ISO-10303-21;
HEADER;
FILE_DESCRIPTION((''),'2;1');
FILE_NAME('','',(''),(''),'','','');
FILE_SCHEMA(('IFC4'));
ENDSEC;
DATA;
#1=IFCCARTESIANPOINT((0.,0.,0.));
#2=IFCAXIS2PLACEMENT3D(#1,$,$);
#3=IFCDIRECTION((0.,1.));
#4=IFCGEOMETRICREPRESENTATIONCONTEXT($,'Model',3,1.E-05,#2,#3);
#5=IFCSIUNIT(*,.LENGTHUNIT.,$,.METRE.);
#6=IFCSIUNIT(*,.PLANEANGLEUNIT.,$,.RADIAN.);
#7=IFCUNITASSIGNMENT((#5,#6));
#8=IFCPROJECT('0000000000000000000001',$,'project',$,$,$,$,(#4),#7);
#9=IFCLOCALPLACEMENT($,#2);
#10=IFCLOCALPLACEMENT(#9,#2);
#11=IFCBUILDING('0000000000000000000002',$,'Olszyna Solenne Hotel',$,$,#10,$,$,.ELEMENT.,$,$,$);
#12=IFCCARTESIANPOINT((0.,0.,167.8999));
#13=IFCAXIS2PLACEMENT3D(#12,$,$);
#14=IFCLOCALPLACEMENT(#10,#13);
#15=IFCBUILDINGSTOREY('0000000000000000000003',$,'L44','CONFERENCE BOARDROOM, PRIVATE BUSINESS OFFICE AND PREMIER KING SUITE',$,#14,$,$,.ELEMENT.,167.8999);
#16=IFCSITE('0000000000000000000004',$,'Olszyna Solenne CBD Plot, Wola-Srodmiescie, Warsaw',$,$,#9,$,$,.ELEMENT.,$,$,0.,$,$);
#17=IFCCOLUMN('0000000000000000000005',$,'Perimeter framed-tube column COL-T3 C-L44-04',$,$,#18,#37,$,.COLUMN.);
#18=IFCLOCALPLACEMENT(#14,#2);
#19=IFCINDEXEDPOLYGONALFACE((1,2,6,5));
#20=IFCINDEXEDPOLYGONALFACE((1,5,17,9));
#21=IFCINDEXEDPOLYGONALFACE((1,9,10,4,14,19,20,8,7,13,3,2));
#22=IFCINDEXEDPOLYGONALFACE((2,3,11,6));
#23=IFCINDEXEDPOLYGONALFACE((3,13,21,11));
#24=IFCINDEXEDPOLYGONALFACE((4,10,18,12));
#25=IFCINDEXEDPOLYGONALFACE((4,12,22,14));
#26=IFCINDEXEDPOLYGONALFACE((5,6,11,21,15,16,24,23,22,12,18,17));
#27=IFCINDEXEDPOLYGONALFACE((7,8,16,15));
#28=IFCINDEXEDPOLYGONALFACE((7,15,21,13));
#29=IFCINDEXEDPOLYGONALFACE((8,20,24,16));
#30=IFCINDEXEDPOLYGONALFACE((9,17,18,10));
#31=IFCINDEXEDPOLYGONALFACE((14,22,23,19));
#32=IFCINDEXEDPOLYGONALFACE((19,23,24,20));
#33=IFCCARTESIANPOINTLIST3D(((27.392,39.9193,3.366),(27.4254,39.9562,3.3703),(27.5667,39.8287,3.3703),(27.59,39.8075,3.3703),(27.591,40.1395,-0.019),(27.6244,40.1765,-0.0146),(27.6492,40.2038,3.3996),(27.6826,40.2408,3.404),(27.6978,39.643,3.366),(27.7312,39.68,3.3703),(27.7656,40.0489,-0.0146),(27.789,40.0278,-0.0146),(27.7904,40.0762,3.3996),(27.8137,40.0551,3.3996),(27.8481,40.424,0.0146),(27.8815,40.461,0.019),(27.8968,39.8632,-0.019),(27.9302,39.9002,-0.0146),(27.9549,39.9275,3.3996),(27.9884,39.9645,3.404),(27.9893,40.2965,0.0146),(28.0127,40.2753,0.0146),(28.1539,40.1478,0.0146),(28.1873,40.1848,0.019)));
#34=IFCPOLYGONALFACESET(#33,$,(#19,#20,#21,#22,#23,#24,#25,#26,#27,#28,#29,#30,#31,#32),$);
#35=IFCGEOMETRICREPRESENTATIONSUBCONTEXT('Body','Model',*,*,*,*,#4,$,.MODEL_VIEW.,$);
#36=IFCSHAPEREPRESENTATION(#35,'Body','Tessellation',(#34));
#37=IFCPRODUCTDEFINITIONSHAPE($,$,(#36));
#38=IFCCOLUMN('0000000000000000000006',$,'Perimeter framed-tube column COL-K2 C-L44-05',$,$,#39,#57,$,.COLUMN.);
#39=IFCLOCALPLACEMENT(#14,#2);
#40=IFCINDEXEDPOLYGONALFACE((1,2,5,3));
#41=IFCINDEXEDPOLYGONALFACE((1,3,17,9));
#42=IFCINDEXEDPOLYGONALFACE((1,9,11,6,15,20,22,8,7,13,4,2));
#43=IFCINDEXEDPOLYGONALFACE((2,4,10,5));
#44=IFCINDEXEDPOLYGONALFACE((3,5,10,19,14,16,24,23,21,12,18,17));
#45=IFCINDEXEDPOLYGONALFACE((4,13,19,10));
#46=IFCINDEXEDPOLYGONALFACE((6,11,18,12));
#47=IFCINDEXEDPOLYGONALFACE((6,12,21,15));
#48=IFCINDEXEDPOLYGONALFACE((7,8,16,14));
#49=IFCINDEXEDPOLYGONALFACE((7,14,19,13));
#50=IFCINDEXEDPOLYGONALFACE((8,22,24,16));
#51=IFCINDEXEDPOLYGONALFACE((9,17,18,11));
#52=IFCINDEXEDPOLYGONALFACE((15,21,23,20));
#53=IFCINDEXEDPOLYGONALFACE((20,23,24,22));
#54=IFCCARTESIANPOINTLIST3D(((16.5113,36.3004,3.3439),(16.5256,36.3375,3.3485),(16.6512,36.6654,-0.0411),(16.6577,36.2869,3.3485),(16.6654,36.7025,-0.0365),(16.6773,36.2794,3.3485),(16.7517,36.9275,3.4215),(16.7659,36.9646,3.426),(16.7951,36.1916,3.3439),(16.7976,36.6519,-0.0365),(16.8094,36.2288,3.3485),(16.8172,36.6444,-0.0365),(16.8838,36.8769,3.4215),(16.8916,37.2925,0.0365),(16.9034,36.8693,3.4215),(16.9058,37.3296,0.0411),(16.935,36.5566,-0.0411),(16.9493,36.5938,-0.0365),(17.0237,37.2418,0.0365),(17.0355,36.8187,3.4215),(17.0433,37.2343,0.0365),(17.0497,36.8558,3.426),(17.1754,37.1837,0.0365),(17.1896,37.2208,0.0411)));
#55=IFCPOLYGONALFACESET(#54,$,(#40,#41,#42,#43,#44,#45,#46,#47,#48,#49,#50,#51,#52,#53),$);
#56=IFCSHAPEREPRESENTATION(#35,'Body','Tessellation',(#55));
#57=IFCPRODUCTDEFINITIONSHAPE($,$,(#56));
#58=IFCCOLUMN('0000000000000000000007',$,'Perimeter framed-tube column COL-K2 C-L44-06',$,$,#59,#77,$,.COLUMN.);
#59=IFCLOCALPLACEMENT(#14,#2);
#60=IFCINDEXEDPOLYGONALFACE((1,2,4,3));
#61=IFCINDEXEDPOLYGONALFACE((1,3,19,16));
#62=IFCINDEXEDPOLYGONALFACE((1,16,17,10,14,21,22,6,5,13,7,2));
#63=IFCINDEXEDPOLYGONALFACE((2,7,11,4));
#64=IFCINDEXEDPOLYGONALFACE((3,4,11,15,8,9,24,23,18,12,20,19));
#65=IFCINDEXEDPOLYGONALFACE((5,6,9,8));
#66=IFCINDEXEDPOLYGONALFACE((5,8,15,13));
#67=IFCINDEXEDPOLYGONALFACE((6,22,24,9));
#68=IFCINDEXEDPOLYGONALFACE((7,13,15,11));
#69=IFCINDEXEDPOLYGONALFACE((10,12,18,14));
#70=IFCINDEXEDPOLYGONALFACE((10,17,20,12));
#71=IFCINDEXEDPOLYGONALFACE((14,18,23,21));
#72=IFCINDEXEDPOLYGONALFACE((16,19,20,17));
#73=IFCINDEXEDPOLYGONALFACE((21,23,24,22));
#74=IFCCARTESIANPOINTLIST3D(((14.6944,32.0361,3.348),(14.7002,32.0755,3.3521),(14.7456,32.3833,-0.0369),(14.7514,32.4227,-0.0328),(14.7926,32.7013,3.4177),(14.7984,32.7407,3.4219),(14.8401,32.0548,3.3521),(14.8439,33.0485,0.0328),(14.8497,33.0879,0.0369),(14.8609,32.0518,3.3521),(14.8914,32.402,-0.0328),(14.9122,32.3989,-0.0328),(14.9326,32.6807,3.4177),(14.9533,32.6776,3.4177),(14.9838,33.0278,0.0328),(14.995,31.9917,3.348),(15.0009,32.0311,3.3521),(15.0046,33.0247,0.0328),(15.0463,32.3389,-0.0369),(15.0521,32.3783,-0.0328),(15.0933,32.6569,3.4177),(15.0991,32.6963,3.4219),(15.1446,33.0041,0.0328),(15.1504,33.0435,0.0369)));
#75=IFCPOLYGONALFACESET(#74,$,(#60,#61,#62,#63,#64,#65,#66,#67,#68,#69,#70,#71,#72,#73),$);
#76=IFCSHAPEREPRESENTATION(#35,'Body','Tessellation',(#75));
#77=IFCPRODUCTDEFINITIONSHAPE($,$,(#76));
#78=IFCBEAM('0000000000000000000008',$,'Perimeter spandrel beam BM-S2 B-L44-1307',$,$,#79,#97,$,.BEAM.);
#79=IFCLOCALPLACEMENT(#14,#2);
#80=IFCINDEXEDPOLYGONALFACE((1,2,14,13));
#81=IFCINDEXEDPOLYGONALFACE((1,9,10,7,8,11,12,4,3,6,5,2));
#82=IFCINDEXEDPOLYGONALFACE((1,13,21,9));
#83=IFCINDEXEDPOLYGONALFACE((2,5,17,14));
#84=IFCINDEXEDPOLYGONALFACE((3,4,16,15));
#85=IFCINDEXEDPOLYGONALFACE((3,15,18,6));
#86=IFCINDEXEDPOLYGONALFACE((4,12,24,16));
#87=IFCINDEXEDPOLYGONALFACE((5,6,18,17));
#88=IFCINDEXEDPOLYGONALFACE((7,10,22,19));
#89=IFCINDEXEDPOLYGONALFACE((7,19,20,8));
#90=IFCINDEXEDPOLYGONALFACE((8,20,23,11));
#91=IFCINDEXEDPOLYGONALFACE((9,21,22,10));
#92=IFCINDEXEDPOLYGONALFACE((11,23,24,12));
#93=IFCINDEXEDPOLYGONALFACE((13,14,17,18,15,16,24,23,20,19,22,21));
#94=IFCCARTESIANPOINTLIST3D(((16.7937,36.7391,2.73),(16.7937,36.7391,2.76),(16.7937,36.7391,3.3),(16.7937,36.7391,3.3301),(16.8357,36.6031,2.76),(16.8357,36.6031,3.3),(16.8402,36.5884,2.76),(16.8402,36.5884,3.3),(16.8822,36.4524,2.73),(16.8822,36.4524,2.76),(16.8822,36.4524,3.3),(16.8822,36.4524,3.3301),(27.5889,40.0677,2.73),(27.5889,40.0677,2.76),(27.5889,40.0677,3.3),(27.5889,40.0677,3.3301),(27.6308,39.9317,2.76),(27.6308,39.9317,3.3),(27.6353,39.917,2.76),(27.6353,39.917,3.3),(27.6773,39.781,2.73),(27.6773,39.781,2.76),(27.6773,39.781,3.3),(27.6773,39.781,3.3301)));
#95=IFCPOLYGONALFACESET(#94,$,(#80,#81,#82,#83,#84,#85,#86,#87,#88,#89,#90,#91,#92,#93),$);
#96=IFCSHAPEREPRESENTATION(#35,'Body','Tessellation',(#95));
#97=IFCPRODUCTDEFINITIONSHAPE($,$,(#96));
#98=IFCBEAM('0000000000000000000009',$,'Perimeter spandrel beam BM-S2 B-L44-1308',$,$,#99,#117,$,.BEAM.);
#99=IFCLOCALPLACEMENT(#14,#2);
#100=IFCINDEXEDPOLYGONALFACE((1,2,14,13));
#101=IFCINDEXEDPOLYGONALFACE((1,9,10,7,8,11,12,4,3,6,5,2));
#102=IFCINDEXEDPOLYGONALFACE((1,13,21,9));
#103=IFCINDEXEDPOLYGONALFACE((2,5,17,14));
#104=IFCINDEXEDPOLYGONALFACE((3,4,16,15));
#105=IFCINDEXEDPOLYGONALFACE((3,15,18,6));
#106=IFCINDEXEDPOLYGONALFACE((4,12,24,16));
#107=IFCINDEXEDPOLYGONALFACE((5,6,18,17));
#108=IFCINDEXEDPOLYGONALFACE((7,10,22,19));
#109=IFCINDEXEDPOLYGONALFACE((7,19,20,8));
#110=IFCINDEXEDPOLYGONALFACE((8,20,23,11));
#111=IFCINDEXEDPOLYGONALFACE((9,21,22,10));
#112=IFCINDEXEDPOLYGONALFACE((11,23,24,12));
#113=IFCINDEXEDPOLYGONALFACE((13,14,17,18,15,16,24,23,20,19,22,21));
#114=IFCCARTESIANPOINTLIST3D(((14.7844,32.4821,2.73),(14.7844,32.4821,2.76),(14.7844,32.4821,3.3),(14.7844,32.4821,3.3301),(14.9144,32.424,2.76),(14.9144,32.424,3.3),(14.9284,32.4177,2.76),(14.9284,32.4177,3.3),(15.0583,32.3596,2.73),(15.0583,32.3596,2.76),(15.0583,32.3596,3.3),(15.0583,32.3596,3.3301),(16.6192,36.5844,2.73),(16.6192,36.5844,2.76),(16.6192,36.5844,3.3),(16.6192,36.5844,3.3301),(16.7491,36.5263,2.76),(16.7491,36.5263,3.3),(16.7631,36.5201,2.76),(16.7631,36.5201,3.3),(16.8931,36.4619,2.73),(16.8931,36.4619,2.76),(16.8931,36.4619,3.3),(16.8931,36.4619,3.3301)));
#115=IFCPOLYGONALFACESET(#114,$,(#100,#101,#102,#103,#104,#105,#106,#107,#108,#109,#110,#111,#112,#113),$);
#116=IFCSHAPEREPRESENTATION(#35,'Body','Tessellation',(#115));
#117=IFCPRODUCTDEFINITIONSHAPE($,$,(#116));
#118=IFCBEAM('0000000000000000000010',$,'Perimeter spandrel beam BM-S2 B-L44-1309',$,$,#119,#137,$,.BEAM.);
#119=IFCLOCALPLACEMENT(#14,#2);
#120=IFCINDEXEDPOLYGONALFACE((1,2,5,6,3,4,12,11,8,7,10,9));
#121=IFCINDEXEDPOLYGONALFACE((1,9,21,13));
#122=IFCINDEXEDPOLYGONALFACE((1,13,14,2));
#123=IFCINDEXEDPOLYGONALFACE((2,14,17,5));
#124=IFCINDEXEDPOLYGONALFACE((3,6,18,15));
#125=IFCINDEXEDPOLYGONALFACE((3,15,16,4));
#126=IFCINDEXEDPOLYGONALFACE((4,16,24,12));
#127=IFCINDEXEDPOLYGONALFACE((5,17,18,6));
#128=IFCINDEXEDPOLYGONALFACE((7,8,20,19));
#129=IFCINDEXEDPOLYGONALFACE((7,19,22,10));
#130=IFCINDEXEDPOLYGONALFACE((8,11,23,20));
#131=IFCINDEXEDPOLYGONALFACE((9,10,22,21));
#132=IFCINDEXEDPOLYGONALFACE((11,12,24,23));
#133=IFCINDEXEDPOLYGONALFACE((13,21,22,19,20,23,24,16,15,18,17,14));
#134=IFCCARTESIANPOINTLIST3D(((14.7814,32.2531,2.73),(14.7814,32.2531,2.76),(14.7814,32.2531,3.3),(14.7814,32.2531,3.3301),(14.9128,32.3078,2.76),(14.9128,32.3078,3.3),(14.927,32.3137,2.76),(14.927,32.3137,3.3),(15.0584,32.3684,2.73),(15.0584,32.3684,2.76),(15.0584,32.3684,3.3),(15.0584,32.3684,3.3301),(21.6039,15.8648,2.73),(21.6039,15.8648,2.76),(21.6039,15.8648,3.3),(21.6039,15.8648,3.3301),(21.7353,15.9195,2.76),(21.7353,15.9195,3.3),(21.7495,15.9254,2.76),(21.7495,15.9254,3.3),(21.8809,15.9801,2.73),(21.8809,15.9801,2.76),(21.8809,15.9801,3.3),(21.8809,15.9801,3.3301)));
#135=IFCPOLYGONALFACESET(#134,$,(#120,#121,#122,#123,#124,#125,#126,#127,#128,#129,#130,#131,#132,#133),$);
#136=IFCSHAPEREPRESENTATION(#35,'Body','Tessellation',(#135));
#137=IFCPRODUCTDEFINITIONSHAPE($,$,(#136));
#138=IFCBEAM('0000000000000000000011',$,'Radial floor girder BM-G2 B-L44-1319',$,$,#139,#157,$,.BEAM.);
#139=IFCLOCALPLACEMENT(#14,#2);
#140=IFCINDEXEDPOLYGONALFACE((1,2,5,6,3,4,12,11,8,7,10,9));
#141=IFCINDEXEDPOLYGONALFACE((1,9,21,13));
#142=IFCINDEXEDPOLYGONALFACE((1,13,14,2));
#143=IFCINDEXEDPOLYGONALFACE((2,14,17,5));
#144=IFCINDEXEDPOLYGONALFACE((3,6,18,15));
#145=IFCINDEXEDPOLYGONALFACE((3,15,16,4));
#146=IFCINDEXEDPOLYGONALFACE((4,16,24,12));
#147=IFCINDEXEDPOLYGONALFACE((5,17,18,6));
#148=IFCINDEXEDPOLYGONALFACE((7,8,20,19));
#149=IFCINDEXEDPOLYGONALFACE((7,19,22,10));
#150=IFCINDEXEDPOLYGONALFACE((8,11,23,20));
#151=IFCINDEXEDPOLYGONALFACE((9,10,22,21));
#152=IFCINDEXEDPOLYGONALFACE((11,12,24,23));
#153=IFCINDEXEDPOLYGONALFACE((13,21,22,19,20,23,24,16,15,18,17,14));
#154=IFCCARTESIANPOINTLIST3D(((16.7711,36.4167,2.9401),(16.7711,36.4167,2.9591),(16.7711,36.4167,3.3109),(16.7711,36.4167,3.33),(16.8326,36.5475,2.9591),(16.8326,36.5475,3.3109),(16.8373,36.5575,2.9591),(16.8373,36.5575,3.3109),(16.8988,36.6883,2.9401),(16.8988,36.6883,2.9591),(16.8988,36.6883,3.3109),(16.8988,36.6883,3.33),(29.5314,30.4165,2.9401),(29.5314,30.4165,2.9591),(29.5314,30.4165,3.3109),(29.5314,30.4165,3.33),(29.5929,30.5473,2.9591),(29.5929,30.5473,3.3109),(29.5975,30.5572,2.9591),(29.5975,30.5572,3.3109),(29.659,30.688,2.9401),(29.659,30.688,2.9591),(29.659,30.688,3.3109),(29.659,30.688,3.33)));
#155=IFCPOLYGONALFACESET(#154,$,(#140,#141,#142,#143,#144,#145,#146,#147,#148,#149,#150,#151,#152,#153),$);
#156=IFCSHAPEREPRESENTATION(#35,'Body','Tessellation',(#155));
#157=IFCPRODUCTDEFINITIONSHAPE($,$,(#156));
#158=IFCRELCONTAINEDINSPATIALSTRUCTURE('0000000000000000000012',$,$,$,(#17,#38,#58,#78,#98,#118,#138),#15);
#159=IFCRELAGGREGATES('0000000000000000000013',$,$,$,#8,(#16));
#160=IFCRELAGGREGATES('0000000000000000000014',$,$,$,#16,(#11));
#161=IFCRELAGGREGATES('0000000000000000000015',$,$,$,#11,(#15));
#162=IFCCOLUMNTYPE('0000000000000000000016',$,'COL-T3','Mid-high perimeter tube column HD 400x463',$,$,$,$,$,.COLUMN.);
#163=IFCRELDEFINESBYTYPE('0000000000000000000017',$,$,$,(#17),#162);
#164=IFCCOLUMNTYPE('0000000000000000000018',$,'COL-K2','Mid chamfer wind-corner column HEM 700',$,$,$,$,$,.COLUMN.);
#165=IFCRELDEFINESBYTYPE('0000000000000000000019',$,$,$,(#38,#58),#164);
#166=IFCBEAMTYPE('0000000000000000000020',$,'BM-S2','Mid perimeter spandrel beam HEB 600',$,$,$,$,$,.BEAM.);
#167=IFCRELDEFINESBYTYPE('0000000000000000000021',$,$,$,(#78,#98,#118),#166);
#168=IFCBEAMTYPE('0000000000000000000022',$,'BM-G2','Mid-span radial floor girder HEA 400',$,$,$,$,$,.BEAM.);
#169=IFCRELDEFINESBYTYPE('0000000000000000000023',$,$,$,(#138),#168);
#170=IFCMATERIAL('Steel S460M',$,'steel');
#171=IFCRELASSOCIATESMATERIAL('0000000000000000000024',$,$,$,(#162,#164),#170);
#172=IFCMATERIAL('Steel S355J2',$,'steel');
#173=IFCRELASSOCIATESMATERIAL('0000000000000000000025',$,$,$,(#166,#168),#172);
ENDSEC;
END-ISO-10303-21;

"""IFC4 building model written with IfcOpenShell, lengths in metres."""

from ifc_helpers import new_model, si_unit, direction, frame, origin, origin_2d, place, context, subcontext, project, spatial, i_section, extrude, source, transform, mapped, material, material_profile, profile_set, type_object, element, save


model = new_model("IFC4")

# Units and contexts
model_context = context("Model", 3, precision=1e-05, world=origin(), true_north=direction((0.0, 1.0)))
body_context = subcontext(model_context, "Body", "Model", "MODEL_VIEW")
ifc_project = project(units=[si_unit("LENGTHUNIT", "METRE"), si_unit("PLANEANGLEUNIT", "RADIAN")], contexts=[model_context])

# Site, building, storey
site_placement = place(None, origin())
site = spatial("IfcSite", under=ifc_project, at=site_placement, Name="Olszyna Solenne CBD Plot, Wola-Srodmiescie, Warsaw", CompositionType="ELEMENT", RefElevation=0.0)
building_placement = place(site_placement, origin())
building = spatial("IfcBuilding", under=site, at=building_placement, Name="Olszyna Solenne Hotel", CompositionType="ELEMENT")
storey_placement = place(building_placement, frame((0.0, 0.0, 167.8999)))
storey = spatial("IfcBuildingStorey", under=building, at=storey_placement, Name="L44", Description="CONFERENCE BOARDROOM, PRIVATE BUSINESS OFFICE AND PREMIER KING SUITE", CompositionType="ELEMENT", Elevation=167.8999)

# Columns
ifc_material_1 = material(Name="Steel S460M", Category="steel")
ifc_material_profile_1 = material_profile(ifc_material_1, i_section(OverallWidth=0.4121, OverallDepth=0.4351, WebThickness=0.0315, FlangeThickness=0.05, at=origin_2d()), Name="HD 400x463", Category="load-bearing")
ifc_profile_set_1 = profile_set([ifc_material_profile_1], Name="Steel S460M")
column_type_1 = type_object("IfcColumnType", Name="COL-T3", Description="Mid-high perimeter tube column HD 400x463", PredefinedType="COLUMN", material=ifc_profile_set_1)
shared_shape_1 = source(origin(), body_context, "Body", "SweptSolid", [
    extrude(i_section(OverallWidth=0.4121, OverallDepth=0.4351, WebThickness=0.0315, FlangeThickness=0.05, at=origin_2d()), origin(), (0.0, 0.0, 1.0), 3.3979),
])
column_1_placement = place(storey_placement, frame((27.8892, 40.1621, 0.0), z_axis=(-0.058556, -0.064807, 0.996178), x_axis=(0.741984, -0.670418, 0.0)))
element("IfcColumn", 1, at=column_1_placement, inside=storey, type_object=column_type_1, Name="Perimeter framed-tube column COL-T3 C-L44-04", PredefinedType="COLUMN", context=body_context, shape_type="MappedRepresentation", body=[
    mapped(shared_shape_1, transform((0.0, 0.0, 0.0), x_axis=(1.0, 0.0, 0.0), y_axis=(0.0, 1.0, 0.0), z_axis=(0.0, 0.0, 1.0), scale=1.0)),
])
ifc_material_profile_2 = material_profile(ifc_material_1, i_section(OverallWidth=0.304, OverallDepth=0.7161, WebThickness=0.021, FlangeThickness=0.04, at=origin_2d()), Name="HEM 700", Category="load-bearing")
ifc_profile_set_2 = profile_set([ifc_material_profile_2], Name="Steel S460M")
column_type_2 = type_object("IfcColumnType", Name="COL-K2", Description="Mid chamfer wind-corner column HEM 700", PredefinedType="COLUMN", material=ifc_profile_set_2)
shared_shape_2 = source(origin(), body_context, "Body", "SweptSolid", [
    extrude(i_section(OverallWidth=0.304, OverallDepth=0.7161, WebThickness=0.021, FlangeThickness=0.04, at=origin_2d()), origin(), (0.0, 0.0, 1.0), 3.4075),
])
column_2_placement = place(storey_placement, frame((16.9204, 36.9431, 0.0), z_axis=(-0.041054, -0.107114, 0.993399), x_axis=(0.933764, -0.357891, 0.0)))
element("IfcColumn", 2, at=column_2_placement, inside=storey, type_object=column_type_2, Name="Perimeter framed-tube column COL-K2 C-L44-05", PredefinedType="COLUMN", context=body_context, shape_type="MappedRepresentation", body=[
    mapped(shared_shape_2, transform((0.0, 0.0, 0.0), x_axis=(1.0, 0.0, 0.0), y_axis=(0.0, 1.0, 0.0), z_axis=(0.0, 0.0, 1.0), scale=1.0)),
])
shared_shape_3 = source(origin(), body_context, "Body", "SweptSolid", [
    extrude(i_section(OverallWidth=0.304, OverallDepth=0.7161, WebThickness=0.021, FlangeThickness=0.04, at=origin_2d()), origin(), (0.0, 0.0, 1.0), 3.4031),
])
column_3_placement = place(storey_placement, frame((14.948, 32.7134, 0.0), z_axis=(-0.015065, -0.102014, 0.994669), x_axis=(0.989271, -0.146095, 0.0)))
element("IfcColumn", 3, at=column_3_placement, inside=storey, type_object=column_type_2, Name="Perimeter framed-tube column COL-K2 C-L44-06", PredefinedType="COLUMN", context=body_context, shape_type="MappedRepresentation", body=[
    mapped(shared_shape_3, transform((0.0, 0.0, 0.0), x_axis=(1.0, 0.0, 0.0), y_axis=(0.0, 1.0, 0.0), z_axis=(0.0, 0.0, 1.0), scale=1.0)),
])

# Beams
ifc_material_2 = material(Name="Steel S355J2", Category="steel")
ifc_material_profile_3 = material_profile(ifc_material_2, i_section(OverallWidth=0.3, OverallDepth=0.6001, WebThickness=0.0154, FlangeThickness=0.03, at=origin_2d()), Name="HEB 600", Category="load-bearing")
ifc_profile_set_3 = profile_set([ifc_material_profile_3], Name="Steel S355J2")
beam_type_1 = type_object("IfcBeamType", Name="BM-S2", Description="Mid perimeter spandrel beam HEB 600", PredefinedType="BEAM", material=ifc_profile_set_3)
shared_shape_4 = source(origin(), body_context, "Body", "SweptSolid", [
    extrude(i_section(OverallWidth=0.3, OverallDepth=0.6001, WebThickness=0.0154, FlangeThickness=0.03, at=origin_2d()), origin(), (0.0, 0.0, 1.0), 11.2966),
])
beam_1_placement = place(storey_placement, frame((27.6331, 39.9243, 3.03), z_axis=(-0.955604, -0.294654, 0.0), x_axis=(0.294654, -0.955604, 0.0)))
element("IfcBeam", 4, at=beam_1_placement, inside=storey, type_object=beam_type_1, Name="Perimeter spandrel beam BM-S2 B-L44-1307", PredefinedType="BEAM", context=body_context, shape_type="MappedRepresentation", body=[
    mapped(shared_shape_4, transform((0.0, 0.0, 0.0), x_axis=(1.0, 0.0, 0.0), y_axis=(0.0, 1.0, 0.0), z_axis=(0.0, 0.0, 1.0), scale=1.0)),
])
shared_shape_5 = source(origin(), body_context, "Body", "SweptSolid", [
    extrude(i_section(OverallWidth=0.3, OverallDepth=0.6001, WebThickness=0.0154, FlangeThickness=0.03, at=origin_2d()), origin(), (0.0, 0.0, 1.0), 4.4939),
])
beam_2_placement = place(storey_placement, frame((16.7561, 36.5232, 3.03), z_axis=(-0.40827, -0.912861, 0.0), x_axis=(0.912861, -0.40827, 0.0)))
element("IfcBeam", 5, at=beam_2_placement, inside=storey, type_object=beam_type_1, Name="Perimeter spandrel beam BM-S2 B-L44-1308", PredefinedType="BEAM", context=body_context, shape_type="MappedRepresentation", body=[
    mapped(shared_shape_5, transform((0.0, 0.0, 0.0), x_axis=(1.0, 0.0, 0.0), y_axis=(0.0, 1.0, 0.0), z_axis=(0.0, 0.0, 1.0), scale=1.0)),
])
shared_shape_6 = source(origin(), body_context, "Body", "SweptSolid", [
    extrude(i_section(OverallWidth=0.3, OverallDepth=0.6001, WebThickness=0.0154, FlangeThickness=0.03, at=origin_2d()), origin(), (0.0, 0.0, 1.0), 17.7517),
])
beam_3_placement = place(storey_placement, frame((14.9199, 32.3108, 3.03), z_axis=(0.384327, -0.923197, 0.0), x_axis=(0.923197, 0.384327, 0.0)))
element("IfcBeam", 6, at=beam_3_placement, inside=storey, type_object=beam_type_1, Name="Perimeter spandrel beam BM-S2 B-L44-1309", PredefinedType="BEAM", context=body_context, shape_type="MappedRepresentation", body=[
    mapped(shared_shape_6, transform((0.0, 0.0, 0.0), x_axis=(1.0, 0.0, 0.0), y_axis=(0.0, 1.0, 0.0), z_axis=(0.0, 0.0, 1.0), scale=1.0)),
])
ifc_material_profile_4 = material_profile(ifc_material_2, i_section(OverallWidth=0.3, OverallDepth=0.3899, WebThickness=0.011, FlangeThickness=0.019, at=origin_2d()), Name="HEA 400", Category="load-bearing")
ifc_profile_set_4 = profile_set([ifc_material_profile_4], Name="Steel S355J2")
beam_type_2 = type_object("IfcBeamType", Name="BM-G2", Description="Mid-span radial floor girder HEA 400", PredefinedType="BEAM", material=ifc_profile_set_4)
shared_shape_7 = source(origin(), body_context, "Body", "SweptSolid", [
    extrude(i_section(OverallWidth=0.3, OverallDepth=0.3899, WebThickness=0.011, FlangeThickness=0.019, at=origin_2d()), origin(), (0.0, 0.0, 1.0), 14.1006),
])
beam_4_placement = place(storey_placement, frame((16.835, 36.5525, 3.135), z_axis=(0.904944, -0.425531, 0.0), x_axis=(0.425531, 0.904944, 0.0)))
element("IfcBeam", 7, at=beam_4_placement, inside=storey, type_object=beam_type_2, Name="Radial floor girder BM-G2 B-L44-1319", PredefinedType="BEAM", context=body_context, shape_type="MappedRepresentation", body=[
    mapped(shared_shape_7, transform((0.0, 0.0, 0.0), x_axis=(1.0, 0.0, 0.0), y_axis=(0.0, 1.0, 0.0), z_axis=(0.0, 0.0, 1.0), scale=1.0)),
])

save(model, "model.ifc")
